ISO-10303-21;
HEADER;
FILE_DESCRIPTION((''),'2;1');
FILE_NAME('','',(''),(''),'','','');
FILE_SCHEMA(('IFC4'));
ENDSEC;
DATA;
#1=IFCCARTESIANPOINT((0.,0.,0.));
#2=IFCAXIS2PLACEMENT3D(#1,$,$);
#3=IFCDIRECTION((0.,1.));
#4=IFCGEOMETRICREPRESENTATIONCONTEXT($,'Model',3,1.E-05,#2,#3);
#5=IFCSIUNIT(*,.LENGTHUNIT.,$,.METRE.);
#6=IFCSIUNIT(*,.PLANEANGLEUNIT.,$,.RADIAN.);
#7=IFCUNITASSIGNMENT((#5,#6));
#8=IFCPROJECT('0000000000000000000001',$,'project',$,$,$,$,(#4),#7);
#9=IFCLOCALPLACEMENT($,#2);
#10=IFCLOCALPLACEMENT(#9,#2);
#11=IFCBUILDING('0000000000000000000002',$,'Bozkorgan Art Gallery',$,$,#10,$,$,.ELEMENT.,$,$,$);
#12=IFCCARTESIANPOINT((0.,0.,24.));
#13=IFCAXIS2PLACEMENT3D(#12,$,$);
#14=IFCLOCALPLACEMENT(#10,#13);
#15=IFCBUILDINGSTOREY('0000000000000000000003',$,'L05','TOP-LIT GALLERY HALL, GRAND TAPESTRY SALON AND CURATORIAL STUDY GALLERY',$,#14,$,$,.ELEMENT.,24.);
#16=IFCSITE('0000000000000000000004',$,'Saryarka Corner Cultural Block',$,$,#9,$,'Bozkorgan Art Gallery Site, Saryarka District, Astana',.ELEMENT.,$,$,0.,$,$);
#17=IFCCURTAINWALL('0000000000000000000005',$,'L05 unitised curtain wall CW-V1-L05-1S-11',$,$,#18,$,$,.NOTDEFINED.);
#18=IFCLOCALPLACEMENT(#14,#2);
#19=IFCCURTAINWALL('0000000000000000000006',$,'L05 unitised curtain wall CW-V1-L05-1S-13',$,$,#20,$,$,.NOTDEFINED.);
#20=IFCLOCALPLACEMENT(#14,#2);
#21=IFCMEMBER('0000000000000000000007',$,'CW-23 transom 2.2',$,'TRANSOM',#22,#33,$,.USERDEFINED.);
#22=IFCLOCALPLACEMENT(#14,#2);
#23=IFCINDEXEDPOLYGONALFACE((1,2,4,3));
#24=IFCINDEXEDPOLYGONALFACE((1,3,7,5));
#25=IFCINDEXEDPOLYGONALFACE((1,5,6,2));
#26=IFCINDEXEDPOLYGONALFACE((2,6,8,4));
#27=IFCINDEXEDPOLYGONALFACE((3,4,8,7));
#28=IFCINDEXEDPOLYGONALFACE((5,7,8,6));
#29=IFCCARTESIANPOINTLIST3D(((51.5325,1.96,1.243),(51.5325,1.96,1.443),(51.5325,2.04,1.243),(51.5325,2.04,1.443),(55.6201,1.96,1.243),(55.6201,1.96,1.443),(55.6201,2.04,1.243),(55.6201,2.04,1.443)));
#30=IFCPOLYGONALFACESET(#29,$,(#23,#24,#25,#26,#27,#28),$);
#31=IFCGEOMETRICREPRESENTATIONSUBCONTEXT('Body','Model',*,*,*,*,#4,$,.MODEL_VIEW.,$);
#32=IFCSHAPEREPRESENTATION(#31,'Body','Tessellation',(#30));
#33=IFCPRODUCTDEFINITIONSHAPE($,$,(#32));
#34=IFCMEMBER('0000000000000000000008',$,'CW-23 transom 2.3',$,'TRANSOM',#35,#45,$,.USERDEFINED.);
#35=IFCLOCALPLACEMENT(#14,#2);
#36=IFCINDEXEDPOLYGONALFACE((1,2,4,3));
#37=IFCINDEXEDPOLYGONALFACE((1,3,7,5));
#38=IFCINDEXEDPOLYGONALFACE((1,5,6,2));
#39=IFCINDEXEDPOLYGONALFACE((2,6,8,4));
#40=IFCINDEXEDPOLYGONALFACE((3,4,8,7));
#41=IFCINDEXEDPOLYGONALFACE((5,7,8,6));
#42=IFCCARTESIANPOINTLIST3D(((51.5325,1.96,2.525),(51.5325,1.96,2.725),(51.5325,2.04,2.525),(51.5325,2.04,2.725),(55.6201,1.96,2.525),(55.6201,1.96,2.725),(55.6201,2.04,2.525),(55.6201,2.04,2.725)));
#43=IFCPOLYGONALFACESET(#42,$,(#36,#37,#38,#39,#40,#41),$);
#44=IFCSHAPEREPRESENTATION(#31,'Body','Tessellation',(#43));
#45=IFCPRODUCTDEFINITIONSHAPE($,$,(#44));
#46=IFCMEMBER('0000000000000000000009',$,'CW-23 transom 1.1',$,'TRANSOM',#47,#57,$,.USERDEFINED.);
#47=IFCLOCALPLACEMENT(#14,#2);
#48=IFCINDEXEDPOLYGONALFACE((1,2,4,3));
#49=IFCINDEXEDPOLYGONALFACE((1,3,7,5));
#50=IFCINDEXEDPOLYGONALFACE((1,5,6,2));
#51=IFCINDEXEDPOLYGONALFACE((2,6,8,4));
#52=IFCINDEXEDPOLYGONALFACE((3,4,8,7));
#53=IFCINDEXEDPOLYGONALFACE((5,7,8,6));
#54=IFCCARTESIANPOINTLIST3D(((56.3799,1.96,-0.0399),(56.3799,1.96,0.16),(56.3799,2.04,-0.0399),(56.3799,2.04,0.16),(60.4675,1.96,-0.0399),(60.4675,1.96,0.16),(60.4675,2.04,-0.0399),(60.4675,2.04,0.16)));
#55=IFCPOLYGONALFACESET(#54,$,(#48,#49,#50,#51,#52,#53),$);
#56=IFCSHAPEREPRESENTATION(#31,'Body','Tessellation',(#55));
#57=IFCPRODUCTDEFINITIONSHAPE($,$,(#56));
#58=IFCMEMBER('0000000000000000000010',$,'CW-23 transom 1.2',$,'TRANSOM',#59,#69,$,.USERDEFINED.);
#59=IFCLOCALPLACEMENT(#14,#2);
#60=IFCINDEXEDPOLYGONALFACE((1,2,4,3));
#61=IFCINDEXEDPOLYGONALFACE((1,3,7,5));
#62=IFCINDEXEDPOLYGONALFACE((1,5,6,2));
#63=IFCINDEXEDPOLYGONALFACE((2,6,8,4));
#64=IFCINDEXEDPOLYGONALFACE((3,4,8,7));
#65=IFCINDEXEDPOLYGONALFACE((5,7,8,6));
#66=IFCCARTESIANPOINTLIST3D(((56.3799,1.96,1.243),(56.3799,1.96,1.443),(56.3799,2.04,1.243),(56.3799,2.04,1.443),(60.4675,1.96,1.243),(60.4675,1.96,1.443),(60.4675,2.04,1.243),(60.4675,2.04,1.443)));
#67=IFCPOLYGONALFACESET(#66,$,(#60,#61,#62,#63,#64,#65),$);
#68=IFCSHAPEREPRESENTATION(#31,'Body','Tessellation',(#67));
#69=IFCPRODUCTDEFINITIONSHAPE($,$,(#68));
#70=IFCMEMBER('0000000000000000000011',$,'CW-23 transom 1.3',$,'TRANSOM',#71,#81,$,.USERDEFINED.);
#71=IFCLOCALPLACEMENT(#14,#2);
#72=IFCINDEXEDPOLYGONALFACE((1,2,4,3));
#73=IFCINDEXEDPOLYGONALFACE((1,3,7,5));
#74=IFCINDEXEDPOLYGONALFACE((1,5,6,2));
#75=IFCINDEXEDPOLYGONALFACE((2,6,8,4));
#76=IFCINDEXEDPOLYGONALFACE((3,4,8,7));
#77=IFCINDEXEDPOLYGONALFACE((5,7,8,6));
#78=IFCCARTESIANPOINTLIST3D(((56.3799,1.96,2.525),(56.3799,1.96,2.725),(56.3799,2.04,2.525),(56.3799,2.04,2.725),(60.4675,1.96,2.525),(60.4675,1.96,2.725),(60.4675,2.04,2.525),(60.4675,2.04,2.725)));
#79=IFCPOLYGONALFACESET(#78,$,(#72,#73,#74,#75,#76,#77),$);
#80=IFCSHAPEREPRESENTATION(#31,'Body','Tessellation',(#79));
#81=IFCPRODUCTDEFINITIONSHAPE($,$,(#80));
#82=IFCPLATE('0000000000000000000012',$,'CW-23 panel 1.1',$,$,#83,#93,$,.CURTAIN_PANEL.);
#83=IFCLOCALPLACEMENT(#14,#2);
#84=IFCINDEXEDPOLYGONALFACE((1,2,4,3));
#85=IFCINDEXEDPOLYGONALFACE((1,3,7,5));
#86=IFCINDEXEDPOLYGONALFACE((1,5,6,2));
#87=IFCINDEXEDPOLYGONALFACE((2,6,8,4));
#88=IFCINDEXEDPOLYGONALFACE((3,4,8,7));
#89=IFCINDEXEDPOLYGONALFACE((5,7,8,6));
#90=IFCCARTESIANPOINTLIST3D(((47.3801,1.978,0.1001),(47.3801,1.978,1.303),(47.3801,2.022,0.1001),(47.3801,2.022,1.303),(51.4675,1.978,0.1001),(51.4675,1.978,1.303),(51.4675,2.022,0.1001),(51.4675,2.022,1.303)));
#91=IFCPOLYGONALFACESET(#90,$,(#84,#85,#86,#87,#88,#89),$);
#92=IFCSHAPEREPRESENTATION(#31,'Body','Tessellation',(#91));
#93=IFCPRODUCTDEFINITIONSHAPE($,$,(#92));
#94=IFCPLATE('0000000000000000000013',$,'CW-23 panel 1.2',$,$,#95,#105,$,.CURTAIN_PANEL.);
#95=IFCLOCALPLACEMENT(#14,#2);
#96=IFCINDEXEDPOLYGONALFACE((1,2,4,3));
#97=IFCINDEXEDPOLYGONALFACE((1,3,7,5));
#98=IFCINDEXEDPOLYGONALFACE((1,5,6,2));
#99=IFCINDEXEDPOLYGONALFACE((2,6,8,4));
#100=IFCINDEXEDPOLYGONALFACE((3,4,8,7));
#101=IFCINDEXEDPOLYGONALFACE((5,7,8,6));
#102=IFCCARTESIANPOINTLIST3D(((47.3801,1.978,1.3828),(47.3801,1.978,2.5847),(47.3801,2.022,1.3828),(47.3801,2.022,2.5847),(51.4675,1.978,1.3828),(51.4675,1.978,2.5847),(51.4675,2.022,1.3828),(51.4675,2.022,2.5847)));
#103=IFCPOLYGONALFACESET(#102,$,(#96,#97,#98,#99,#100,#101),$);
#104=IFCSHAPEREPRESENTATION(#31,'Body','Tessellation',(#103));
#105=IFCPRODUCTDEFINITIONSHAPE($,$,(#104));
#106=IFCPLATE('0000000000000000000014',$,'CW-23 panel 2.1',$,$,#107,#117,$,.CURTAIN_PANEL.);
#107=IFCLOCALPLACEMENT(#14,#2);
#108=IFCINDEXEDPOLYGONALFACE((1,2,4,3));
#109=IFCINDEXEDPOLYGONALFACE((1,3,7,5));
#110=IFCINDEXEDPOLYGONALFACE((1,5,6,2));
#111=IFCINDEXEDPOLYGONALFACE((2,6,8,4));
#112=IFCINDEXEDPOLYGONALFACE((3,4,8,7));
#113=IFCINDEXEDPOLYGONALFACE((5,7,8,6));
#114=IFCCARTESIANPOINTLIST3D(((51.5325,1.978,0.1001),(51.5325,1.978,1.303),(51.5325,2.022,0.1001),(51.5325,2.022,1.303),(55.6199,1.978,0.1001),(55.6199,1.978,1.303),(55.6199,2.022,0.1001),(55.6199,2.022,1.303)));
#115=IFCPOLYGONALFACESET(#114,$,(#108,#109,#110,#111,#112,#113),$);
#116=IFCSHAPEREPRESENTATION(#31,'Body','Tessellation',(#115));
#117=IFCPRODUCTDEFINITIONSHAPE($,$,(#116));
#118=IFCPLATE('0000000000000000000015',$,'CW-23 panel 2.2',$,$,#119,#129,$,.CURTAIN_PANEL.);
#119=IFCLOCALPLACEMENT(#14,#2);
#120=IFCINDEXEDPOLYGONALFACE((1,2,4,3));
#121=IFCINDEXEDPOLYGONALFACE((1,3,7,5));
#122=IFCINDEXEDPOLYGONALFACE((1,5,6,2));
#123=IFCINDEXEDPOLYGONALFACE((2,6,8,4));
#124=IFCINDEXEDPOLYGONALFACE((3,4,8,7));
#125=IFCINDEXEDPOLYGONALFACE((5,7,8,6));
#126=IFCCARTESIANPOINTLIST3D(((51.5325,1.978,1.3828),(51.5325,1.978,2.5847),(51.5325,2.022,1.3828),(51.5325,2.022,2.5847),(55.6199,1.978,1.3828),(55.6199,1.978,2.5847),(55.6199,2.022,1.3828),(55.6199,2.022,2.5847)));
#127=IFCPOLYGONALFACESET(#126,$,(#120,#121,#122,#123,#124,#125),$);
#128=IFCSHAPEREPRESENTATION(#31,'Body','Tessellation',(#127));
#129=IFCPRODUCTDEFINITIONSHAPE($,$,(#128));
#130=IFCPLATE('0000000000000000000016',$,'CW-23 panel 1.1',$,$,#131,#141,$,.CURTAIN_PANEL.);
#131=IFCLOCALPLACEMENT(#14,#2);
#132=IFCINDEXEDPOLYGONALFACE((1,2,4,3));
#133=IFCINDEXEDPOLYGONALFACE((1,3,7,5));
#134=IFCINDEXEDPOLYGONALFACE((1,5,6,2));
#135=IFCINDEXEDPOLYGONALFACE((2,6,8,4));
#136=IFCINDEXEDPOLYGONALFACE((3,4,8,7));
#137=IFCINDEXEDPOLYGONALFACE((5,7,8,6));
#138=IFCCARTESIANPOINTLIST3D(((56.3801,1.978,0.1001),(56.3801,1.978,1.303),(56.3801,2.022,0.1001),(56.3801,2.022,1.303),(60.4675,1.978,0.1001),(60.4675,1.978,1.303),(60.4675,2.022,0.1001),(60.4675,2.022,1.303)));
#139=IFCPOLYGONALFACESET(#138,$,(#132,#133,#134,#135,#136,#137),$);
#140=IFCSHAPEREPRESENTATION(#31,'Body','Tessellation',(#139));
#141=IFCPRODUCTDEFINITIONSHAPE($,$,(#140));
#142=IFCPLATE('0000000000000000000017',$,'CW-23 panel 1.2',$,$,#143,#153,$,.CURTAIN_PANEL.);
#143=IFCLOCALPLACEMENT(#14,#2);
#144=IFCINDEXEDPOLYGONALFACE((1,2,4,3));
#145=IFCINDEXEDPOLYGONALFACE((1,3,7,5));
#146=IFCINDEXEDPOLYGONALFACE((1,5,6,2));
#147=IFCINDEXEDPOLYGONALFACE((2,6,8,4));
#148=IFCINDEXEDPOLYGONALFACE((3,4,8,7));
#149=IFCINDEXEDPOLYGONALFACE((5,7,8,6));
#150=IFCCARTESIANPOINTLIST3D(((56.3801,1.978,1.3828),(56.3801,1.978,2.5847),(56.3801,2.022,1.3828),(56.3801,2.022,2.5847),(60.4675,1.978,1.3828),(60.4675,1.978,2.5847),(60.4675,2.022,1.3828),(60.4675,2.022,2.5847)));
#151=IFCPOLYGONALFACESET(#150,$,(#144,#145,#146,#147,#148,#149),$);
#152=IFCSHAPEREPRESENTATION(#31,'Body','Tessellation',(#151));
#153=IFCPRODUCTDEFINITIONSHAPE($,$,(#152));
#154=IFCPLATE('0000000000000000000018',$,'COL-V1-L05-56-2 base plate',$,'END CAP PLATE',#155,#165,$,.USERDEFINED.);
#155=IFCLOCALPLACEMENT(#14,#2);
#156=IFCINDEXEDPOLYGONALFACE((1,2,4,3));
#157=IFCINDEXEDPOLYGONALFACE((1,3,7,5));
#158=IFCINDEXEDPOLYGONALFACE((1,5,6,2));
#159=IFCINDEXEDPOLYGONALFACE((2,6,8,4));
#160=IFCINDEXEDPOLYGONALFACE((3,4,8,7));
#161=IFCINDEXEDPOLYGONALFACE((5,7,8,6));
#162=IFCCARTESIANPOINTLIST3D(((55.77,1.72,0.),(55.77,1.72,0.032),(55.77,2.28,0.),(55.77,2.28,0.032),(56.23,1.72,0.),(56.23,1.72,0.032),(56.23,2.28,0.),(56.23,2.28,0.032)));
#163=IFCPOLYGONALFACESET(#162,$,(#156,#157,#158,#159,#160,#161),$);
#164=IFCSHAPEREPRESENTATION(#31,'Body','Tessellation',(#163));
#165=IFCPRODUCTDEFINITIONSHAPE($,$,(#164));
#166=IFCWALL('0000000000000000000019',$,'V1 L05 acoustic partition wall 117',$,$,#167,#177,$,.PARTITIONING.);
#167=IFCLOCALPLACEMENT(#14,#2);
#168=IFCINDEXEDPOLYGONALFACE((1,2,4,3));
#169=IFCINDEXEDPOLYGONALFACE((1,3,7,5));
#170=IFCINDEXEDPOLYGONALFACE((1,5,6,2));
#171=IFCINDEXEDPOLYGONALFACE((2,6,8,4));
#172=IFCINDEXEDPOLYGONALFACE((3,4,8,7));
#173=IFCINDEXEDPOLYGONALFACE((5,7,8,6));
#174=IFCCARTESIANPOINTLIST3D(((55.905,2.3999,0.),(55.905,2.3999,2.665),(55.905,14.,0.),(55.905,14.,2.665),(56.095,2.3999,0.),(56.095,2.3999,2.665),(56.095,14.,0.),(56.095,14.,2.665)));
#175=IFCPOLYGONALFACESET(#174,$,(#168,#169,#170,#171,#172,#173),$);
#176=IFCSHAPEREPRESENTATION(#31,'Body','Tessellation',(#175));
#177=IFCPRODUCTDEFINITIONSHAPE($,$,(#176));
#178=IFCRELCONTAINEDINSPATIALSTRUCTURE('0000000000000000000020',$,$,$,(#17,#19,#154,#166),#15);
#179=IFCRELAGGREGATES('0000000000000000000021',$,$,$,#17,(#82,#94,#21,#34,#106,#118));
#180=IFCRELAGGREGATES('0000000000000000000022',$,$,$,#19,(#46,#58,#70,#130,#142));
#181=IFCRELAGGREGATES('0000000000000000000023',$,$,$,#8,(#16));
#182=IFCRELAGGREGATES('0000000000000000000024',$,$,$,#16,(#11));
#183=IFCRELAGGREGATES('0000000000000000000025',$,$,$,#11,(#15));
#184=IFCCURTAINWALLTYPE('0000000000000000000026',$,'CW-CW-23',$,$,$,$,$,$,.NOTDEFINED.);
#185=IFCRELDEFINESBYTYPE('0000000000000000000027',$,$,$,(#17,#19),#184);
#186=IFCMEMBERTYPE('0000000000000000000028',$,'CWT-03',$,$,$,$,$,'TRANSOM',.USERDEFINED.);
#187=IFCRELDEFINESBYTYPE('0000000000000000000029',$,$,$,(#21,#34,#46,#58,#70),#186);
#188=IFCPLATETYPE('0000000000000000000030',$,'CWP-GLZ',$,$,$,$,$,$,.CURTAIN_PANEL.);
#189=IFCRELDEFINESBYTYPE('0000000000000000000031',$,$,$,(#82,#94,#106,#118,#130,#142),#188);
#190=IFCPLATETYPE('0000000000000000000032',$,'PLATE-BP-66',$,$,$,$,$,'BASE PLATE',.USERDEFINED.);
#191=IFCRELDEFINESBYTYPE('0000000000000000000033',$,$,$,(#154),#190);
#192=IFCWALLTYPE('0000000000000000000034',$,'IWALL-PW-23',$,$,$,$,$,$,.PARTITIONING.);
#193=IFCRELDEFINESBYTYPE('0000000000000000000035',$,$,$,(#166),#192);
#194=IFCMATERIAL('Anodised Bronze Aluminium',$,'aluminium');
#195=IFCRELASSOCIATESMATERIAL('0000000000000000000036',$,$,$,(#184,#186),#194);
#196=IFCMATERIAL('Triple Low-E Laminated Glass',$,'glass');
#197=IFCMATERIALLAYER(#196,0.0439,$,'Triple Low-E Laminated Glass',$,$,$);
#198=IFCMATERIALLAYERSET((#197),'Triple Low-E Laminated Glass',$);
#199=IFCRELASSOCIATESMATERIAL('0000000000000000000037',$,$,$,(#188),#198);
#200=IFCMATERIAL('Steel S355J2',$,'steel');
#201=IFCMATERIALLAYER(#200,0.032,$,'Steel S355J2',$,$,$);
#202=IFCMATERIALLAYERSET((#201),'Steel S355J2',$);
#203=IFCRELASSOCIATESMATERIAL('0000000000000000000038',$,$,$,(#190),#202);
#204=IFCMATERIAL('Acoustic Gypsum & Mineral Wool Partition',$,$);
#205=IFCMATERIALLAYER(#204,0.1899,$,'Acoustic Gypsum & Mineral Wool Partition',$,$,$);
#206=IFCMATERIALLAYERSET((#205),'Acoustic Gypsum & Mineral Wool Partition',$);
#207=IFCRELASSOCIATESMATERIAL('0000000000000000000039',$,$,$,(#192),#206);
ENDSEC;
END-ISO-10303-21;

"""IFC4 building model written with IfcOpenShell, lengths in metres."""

from ifc_helpers import new_model, si_unit, direction, frame, frame_2d, origin, origin_2d, place, context, subcontext, project, spatial, rectangle, extrude, material, layer, layer_set, material_profile, profile_set, type_object, element, aggregate, save


model = new_model("IFC4")

# Units and contexts
model_context = context("Model", 3, precision=1e-05, world=origin(), true_north=direction((0.0, 1.0)))
body_context = subcontext(model_context, "Body", "Model", "MODEL_VIEW")
ifc_project = project(units=[si_unit("LENGTHUNIT", "METRE"), si_unit("PLANEANGLEUNIT", "RADIAN")], contexts=[model_context])

# Site, building, storey
site_placement = place(None, origin())
site = spatial("IfcSite", under=ifc_project, at=site_placement, Name="Saryarka Corner Cultural Block", LongName="Bozkorgan Art Gallery Site, Saryarka District, Astana", CompositionType="ELEMENT", RefElevation=0.0)
building_placement = place(site_placement, origin())
building = spatial("IfcBuilding", under=site, at=building_placement, Name="Bozkorgan Art Gallery", CompositionType="ELEMENT")
storey_placement = place(building_placement, frame((0.0, 0.0, 24.0)))
storey = spatial("IfcBuildingStorey", under=building, at=storey_placement, Name="L05", Description="TOP-LIT GALLERY HALL, GRAND TAPESTRY SALON AND CURATORIAL STUDY GALLERY", CompositionType="ELEMENT", Elevation=24.0)

# Shared definitions
ifc_material_1 = material(Name="Steel S355J2", Category="steel")

# Curtain walls
ifc_material_2 = material(Name="Anodised Bronze Aluminium", Category="aluminium")
curtain_wall_type = type_object("IfcCurtainWallType", Name="CW-CW-23", PredefinedType="NOTDEFINED", material=ifc_material_2)
curtain_wall_1_placement = place(storey_placement, origin())
curtain_wall_1 = element("IfcCurtainWall", 1, at=curtain_wall_1_placement, inside=storey, type_object=curtain_wall_type, Name="L05 unitised curtain wall CW-V1-L05-1S-11", PredefinedType="NOTDEFINED")
curtain_wall_2_placement = place(storey_placement, origin())
curtain_wall_2 = element("IfcCurtainWall", 2, at=curtain_wall_2_placement, inside=storey, type_object=curtain_wall_type, Name="L05 unitised curtain wall CW-V1-L05-1S-13", PredefinedType="NOTDEFINED")

# Members
ifc_material_profile_1 = material_profile(ifc_material_2, rectangle(XDim=0.0801, YDim=0.2, at=origin_2d()), Name="ALU TRANSOM 80x200")
ifc_profile_set_1 = profile_set([ifc_material_profile_1], Name="Anodised Bronze Aluminium")
member_type_1 = type_object("IfcMemberType", Name="CWT-03", ElementType="TRANSOM", PredefinedType="USERDEFINED", material=ifc_profile_set_1)
member_1_placement = place(storey_placement, frame((51.5325, 2.0, 1.343), z_axis=(1.0, 0.0, 0.0), x_axis=(0.0, 1.0, 0.0)))
member_1 = element("IfcMember", 3, at=member_1_placement, type_object=member_type_1, Name="CW-23 transom 2.2", ObjectType="TRANSOM", PredefinedType="USERDEFINED", context=body_context, shape_type="SweptSolid", body=[
    extrude(rectangle(XDim=0.0801, YDim=0.2, at=origin_2d()), origin(), (0.0, 0.0, 1.0), 4.0876),
])
member_2_placement = place(storey_placement, frame((51.5325, 2.0, 2.625), z_axis=(1.0, 0.0, 0.0), x_axis=(0.0, 1.0, 0.0)))
member_2 = element("IfcMember", 4, at=member_2_placement, type_object=member_type_1, Name="CW-23 transom 2.3", ObjectType="TRANSOM", PredefinedType="USERDEFINED", context=body_context, shape_type="SweptSolid", body=[
    extrude(rectangle(XDim=0.0801, YDim=0.2, at=origin_2d()), origin(), (0.0, 0.0, 1.0), 4.0876),
])
member_3_placement = place(storey_placement, frame((56.3799, 2.0, 0.0601), z_axis=(1.0, 0.0, 0.0), x_axis=(0.0, 1.0, 0.0)))
member_3 = element("IfcMember", 5, at=member_3_placement, type_object=member_type_1, Name="CW-23 transom 1.1", ObjectType="TRANSOM", PredefinedType="USERDEFINED", context=body_context, shape_type="SweptSolid", body=[
    extrude(rectangle(XDim=0.0801, YDim=0.2, at=origin_2d()), origin(), (0.0, 0.0, 1.0), 4.0876),
])
member_4_placement = place(storey_placement, frame((56.3799, 2.0, 1.343), z_axis=(1.0, 0.0, 0.0), x_axis=(0.0, 1.0, 0.0)))
member_4 = element("IfcMember", 6, at=member_4_placement, type_object=member_type_1, Name="CW-23 transom 1.2", ObjectType="TRANSOM", PredefinedType="USERDEFINED", context=body_context, shape_type="SweptSolid", body=[
    extrude(rectangle(XDim=0.0801, YDim=0.2, at=origin_2d()), origin(), (0.0, 0.0, 1.0), 4.0876),
])
member_5_placement = place(storey_placement, frame((56.3799, 2.0, 2.625), z_axis=(1.0, 0.0, 0.0), x_axis=(0.0, 1.0, 0.0)))
member_5 = element("IfcMember", 7, at=member_5_placement, type_object=member_type_1, Name="CW-23 transom 1.3", ObjectType="TRANSOM", PredefinedType="USERDEFINED", context=body_context, shape_type="SweptSolid", body=[
    extrude(rectangle(XDim=0.0801, YDim=0.2, at=origin_2d()), origin(), (0.0, 0.0, 1.0), 4.0876),
])

# Plates
ifc_material_3 = material(Name="Triple Low-E Laminated Glass", Category="glass")
ifc_layer_1 = layer(ifc_material_3, 0.0439, Name="Triple Low-E Laminated Glass")
ifc_layer_set_1 = layer_set([ifc_layer_1], Name="Triple Low-E Laminated Glass")
plate_type_1 = type_object("IfcPlateType", Name="CWP-GLZ", PredefinedType="CURTAIN_PANEL", material=ifc_layer_set_1)
plate_1_placement = place(storey_placement, frame((49.4238, 2.0, 0.1001), z_axis=(0.0, 0.0, 1.0), x_axis=(1.0, 0.0, 0.0)))
plate_1 = element("IfcPlate", 8, at=plate_1_placement, type_object=plate_type_1, Name="CW-23 panel 1.1", PredefinedType="CURTAIN_PANEL", context=body_context, shape_type="SweptSolid", body=[
    extrude(rectangle(XDim=4.0874, YDim=0.0439, at=origin_2d()), origin(), (0.0, 0.0, 1.0), 1.2029),
])
plate_2_placement = place(storey_placement, frame((49.4238, 2.0, 1.3828), z_axis=(0.0, 0.0, 1.0), x_axis=(1.0, 0.0, 0.0)))
plate_2 = element("IfcPlate", 9, at=plate_2_placement, type_object=plate_type_1, Name="CW-23 panel 1.2", PredefinedType="CURTAIN_PANEL", context=body_context, shape_type="SweptSolid", body=[
    extrude(rectangle(XDim=4.0874, YDim=0.0439, at=origin_2d()), origin(), (0.0, 0.0, 1.0), 1.2019),
])
plate_3_placement = place(storey_placement, frame((53.5762, 2.0, 0.1001), z_axis=(0.0, 0.0, 1.0), x_axis=(1.0, 0.0, 0.0)))
plate_3 = element("IfcPlate", 10, at=plate_3_placement, type_object=plate_type_1, Name="CW-23 panel 2.1", PredefinedType="CURTAIN_PANEL", context=body_context, shape_type="SweptSolid", body=[
    extrude(rectangle(XDim=4.0874, YDim=0.0439, at=origin_2d()), origin(), (0.0, 0.0, 1.0), 1.2029),
])
plate_4_placement = place(storey_placement, frame((53.5762, 2.0, 1.3828), z_axis=(0.0, 0.0, 1.0), x_axis=(1.0, 0.0, 0.0)))
plate_4 = element("IfcPlate", 11, at=plate_4_placement, type_object=plate_type_1, Name="CW-23 panel 2.2", PredefinedType="CURTAIN_PANEL", context=body_context, shape_type="SweptSolid", body=[
    extrude(rectangle(XDim=4.0874, YDim=0.0439, at=origin_2d()), origin(), (0.0, 0.0, 1.0), 1.2019),
])
aggregate(curtain_wall_1, [plate_1, plate_2, member_1, member_2, plate_3, plate_4])
plate_5_placement = place(storey_placement, frame((58.4238, 2.0, 0.1001), z_axis=(0.0, 0.0, 1.0), x_axis=(1.0, 0.0, 0.0)))
plate_5 = element("IfcPlate", 12, at=plate_5_placement, type_object=plate_type_1, Name="CW-23 panel 1.1", PredefinedType="CURTAIN_PANEL", context=body_context, shape_type="SweptSolid", body=[
    extrude(rectangle(XDim=4.0874, YDim=0.0439, at=origin_2d()), origin(), (0.0, 0.0, 1.0), 1.2029),
])
plate_6_placement = place(storey_placement, frame((58.4238, 2.0, 1.3828), z_axis=(0.0, 0.0, 1.0), x_axis=(1.0, 0.0, 0.0)))
plate_6 = element("IfcPlate", 13, at=plate_6_placement, type_object=plate_type_1, Name="CW-23 panel 1.2", PredefinedType="CURTAIN_PANEL", context=body_context, shape_type="SweptSolid", body=[
    extrude(rectangle(XDim=4.0874, YDim=0.0439, at=origin_2d()), origin(), (0.0, 0.0, 1.0), 1.2019),
])
aggregate(curtain_wall_2, [member_3, member_4, member_5, plate_5, plate_6])
ifc_layer_2 = layer(ifc_material_1, 0.032, Name="Steel S355J2")
ifc_layer_set_2 = layer_set([ifc_layer_2], Name="Steel S355J2")
plate_type_2 = type_object("IfcPlateType", Name="PLATE-BP-66", ElementType="BASE PLATE", PredefinedType="USERDEFINED", material=ifc_layer_set_2)
plate_7_placement = place(storey_placement, frame((56.0, 2.0, 0.0), z_axis=(0.0, 0.0, 1.0), x_axis=(1.0, 0.0, 0.0)))
element("IfcPlate", 14, at=plate_7_placement, inside=storey, type_object=plate_type_2, Name="COL-V1-L05-56-2 base plate", ObjectType="END CAP PLATE", PredefinedType="USERDEFINED", context=body_context, shape_type="SweptSolid", body=[
    extrude(rectangle(XDim=0.46, YDim=0.5601, at=origin_2d()), origin(), (0.0, 0.0, 1.0), 0.032),
])

# Wall
ifc_material_4 = material(Name="Acoustic Gypsum & Mineral Wool Partition")
ifc_layer_3 = layer(ifc_material_4, 0.1899, Name="Acoustic Gypsum & Mineral Wool Partition")
ifc_layer_set_3 = layer_set([ifc_layer_3], Name="Acoustic Gypsum & Mineral Wool Partition")
wall_type = type_object("IfcWallType", Name="IWALL-PW-23", PredefinedType="PARTITIONING", material=ifc_layer_set_3)
wall_placement = place(storey_placement, frame((56.0, 2.3999, 0.0), z_axis=(0.0, 0.0, 1.0), x_axis=(0.0, 1.0, 0.0)))
element("IfcWall", 15, at=wall_placement, inside=storey, type_object=wall_type, Name="V1 L05 acoustic partition wall 117", PredefinedType="PARTITIONING", context=body_context, shape_type="SweptSolid", body=[
    extrude(rectangle(XDim=11.6001, YDim=0.1899, at=frame_2d((5.8, 0.0))), origin(), (0.0, 0.0, 1.0), 2.665),
])

save(model, "model.ifc")
